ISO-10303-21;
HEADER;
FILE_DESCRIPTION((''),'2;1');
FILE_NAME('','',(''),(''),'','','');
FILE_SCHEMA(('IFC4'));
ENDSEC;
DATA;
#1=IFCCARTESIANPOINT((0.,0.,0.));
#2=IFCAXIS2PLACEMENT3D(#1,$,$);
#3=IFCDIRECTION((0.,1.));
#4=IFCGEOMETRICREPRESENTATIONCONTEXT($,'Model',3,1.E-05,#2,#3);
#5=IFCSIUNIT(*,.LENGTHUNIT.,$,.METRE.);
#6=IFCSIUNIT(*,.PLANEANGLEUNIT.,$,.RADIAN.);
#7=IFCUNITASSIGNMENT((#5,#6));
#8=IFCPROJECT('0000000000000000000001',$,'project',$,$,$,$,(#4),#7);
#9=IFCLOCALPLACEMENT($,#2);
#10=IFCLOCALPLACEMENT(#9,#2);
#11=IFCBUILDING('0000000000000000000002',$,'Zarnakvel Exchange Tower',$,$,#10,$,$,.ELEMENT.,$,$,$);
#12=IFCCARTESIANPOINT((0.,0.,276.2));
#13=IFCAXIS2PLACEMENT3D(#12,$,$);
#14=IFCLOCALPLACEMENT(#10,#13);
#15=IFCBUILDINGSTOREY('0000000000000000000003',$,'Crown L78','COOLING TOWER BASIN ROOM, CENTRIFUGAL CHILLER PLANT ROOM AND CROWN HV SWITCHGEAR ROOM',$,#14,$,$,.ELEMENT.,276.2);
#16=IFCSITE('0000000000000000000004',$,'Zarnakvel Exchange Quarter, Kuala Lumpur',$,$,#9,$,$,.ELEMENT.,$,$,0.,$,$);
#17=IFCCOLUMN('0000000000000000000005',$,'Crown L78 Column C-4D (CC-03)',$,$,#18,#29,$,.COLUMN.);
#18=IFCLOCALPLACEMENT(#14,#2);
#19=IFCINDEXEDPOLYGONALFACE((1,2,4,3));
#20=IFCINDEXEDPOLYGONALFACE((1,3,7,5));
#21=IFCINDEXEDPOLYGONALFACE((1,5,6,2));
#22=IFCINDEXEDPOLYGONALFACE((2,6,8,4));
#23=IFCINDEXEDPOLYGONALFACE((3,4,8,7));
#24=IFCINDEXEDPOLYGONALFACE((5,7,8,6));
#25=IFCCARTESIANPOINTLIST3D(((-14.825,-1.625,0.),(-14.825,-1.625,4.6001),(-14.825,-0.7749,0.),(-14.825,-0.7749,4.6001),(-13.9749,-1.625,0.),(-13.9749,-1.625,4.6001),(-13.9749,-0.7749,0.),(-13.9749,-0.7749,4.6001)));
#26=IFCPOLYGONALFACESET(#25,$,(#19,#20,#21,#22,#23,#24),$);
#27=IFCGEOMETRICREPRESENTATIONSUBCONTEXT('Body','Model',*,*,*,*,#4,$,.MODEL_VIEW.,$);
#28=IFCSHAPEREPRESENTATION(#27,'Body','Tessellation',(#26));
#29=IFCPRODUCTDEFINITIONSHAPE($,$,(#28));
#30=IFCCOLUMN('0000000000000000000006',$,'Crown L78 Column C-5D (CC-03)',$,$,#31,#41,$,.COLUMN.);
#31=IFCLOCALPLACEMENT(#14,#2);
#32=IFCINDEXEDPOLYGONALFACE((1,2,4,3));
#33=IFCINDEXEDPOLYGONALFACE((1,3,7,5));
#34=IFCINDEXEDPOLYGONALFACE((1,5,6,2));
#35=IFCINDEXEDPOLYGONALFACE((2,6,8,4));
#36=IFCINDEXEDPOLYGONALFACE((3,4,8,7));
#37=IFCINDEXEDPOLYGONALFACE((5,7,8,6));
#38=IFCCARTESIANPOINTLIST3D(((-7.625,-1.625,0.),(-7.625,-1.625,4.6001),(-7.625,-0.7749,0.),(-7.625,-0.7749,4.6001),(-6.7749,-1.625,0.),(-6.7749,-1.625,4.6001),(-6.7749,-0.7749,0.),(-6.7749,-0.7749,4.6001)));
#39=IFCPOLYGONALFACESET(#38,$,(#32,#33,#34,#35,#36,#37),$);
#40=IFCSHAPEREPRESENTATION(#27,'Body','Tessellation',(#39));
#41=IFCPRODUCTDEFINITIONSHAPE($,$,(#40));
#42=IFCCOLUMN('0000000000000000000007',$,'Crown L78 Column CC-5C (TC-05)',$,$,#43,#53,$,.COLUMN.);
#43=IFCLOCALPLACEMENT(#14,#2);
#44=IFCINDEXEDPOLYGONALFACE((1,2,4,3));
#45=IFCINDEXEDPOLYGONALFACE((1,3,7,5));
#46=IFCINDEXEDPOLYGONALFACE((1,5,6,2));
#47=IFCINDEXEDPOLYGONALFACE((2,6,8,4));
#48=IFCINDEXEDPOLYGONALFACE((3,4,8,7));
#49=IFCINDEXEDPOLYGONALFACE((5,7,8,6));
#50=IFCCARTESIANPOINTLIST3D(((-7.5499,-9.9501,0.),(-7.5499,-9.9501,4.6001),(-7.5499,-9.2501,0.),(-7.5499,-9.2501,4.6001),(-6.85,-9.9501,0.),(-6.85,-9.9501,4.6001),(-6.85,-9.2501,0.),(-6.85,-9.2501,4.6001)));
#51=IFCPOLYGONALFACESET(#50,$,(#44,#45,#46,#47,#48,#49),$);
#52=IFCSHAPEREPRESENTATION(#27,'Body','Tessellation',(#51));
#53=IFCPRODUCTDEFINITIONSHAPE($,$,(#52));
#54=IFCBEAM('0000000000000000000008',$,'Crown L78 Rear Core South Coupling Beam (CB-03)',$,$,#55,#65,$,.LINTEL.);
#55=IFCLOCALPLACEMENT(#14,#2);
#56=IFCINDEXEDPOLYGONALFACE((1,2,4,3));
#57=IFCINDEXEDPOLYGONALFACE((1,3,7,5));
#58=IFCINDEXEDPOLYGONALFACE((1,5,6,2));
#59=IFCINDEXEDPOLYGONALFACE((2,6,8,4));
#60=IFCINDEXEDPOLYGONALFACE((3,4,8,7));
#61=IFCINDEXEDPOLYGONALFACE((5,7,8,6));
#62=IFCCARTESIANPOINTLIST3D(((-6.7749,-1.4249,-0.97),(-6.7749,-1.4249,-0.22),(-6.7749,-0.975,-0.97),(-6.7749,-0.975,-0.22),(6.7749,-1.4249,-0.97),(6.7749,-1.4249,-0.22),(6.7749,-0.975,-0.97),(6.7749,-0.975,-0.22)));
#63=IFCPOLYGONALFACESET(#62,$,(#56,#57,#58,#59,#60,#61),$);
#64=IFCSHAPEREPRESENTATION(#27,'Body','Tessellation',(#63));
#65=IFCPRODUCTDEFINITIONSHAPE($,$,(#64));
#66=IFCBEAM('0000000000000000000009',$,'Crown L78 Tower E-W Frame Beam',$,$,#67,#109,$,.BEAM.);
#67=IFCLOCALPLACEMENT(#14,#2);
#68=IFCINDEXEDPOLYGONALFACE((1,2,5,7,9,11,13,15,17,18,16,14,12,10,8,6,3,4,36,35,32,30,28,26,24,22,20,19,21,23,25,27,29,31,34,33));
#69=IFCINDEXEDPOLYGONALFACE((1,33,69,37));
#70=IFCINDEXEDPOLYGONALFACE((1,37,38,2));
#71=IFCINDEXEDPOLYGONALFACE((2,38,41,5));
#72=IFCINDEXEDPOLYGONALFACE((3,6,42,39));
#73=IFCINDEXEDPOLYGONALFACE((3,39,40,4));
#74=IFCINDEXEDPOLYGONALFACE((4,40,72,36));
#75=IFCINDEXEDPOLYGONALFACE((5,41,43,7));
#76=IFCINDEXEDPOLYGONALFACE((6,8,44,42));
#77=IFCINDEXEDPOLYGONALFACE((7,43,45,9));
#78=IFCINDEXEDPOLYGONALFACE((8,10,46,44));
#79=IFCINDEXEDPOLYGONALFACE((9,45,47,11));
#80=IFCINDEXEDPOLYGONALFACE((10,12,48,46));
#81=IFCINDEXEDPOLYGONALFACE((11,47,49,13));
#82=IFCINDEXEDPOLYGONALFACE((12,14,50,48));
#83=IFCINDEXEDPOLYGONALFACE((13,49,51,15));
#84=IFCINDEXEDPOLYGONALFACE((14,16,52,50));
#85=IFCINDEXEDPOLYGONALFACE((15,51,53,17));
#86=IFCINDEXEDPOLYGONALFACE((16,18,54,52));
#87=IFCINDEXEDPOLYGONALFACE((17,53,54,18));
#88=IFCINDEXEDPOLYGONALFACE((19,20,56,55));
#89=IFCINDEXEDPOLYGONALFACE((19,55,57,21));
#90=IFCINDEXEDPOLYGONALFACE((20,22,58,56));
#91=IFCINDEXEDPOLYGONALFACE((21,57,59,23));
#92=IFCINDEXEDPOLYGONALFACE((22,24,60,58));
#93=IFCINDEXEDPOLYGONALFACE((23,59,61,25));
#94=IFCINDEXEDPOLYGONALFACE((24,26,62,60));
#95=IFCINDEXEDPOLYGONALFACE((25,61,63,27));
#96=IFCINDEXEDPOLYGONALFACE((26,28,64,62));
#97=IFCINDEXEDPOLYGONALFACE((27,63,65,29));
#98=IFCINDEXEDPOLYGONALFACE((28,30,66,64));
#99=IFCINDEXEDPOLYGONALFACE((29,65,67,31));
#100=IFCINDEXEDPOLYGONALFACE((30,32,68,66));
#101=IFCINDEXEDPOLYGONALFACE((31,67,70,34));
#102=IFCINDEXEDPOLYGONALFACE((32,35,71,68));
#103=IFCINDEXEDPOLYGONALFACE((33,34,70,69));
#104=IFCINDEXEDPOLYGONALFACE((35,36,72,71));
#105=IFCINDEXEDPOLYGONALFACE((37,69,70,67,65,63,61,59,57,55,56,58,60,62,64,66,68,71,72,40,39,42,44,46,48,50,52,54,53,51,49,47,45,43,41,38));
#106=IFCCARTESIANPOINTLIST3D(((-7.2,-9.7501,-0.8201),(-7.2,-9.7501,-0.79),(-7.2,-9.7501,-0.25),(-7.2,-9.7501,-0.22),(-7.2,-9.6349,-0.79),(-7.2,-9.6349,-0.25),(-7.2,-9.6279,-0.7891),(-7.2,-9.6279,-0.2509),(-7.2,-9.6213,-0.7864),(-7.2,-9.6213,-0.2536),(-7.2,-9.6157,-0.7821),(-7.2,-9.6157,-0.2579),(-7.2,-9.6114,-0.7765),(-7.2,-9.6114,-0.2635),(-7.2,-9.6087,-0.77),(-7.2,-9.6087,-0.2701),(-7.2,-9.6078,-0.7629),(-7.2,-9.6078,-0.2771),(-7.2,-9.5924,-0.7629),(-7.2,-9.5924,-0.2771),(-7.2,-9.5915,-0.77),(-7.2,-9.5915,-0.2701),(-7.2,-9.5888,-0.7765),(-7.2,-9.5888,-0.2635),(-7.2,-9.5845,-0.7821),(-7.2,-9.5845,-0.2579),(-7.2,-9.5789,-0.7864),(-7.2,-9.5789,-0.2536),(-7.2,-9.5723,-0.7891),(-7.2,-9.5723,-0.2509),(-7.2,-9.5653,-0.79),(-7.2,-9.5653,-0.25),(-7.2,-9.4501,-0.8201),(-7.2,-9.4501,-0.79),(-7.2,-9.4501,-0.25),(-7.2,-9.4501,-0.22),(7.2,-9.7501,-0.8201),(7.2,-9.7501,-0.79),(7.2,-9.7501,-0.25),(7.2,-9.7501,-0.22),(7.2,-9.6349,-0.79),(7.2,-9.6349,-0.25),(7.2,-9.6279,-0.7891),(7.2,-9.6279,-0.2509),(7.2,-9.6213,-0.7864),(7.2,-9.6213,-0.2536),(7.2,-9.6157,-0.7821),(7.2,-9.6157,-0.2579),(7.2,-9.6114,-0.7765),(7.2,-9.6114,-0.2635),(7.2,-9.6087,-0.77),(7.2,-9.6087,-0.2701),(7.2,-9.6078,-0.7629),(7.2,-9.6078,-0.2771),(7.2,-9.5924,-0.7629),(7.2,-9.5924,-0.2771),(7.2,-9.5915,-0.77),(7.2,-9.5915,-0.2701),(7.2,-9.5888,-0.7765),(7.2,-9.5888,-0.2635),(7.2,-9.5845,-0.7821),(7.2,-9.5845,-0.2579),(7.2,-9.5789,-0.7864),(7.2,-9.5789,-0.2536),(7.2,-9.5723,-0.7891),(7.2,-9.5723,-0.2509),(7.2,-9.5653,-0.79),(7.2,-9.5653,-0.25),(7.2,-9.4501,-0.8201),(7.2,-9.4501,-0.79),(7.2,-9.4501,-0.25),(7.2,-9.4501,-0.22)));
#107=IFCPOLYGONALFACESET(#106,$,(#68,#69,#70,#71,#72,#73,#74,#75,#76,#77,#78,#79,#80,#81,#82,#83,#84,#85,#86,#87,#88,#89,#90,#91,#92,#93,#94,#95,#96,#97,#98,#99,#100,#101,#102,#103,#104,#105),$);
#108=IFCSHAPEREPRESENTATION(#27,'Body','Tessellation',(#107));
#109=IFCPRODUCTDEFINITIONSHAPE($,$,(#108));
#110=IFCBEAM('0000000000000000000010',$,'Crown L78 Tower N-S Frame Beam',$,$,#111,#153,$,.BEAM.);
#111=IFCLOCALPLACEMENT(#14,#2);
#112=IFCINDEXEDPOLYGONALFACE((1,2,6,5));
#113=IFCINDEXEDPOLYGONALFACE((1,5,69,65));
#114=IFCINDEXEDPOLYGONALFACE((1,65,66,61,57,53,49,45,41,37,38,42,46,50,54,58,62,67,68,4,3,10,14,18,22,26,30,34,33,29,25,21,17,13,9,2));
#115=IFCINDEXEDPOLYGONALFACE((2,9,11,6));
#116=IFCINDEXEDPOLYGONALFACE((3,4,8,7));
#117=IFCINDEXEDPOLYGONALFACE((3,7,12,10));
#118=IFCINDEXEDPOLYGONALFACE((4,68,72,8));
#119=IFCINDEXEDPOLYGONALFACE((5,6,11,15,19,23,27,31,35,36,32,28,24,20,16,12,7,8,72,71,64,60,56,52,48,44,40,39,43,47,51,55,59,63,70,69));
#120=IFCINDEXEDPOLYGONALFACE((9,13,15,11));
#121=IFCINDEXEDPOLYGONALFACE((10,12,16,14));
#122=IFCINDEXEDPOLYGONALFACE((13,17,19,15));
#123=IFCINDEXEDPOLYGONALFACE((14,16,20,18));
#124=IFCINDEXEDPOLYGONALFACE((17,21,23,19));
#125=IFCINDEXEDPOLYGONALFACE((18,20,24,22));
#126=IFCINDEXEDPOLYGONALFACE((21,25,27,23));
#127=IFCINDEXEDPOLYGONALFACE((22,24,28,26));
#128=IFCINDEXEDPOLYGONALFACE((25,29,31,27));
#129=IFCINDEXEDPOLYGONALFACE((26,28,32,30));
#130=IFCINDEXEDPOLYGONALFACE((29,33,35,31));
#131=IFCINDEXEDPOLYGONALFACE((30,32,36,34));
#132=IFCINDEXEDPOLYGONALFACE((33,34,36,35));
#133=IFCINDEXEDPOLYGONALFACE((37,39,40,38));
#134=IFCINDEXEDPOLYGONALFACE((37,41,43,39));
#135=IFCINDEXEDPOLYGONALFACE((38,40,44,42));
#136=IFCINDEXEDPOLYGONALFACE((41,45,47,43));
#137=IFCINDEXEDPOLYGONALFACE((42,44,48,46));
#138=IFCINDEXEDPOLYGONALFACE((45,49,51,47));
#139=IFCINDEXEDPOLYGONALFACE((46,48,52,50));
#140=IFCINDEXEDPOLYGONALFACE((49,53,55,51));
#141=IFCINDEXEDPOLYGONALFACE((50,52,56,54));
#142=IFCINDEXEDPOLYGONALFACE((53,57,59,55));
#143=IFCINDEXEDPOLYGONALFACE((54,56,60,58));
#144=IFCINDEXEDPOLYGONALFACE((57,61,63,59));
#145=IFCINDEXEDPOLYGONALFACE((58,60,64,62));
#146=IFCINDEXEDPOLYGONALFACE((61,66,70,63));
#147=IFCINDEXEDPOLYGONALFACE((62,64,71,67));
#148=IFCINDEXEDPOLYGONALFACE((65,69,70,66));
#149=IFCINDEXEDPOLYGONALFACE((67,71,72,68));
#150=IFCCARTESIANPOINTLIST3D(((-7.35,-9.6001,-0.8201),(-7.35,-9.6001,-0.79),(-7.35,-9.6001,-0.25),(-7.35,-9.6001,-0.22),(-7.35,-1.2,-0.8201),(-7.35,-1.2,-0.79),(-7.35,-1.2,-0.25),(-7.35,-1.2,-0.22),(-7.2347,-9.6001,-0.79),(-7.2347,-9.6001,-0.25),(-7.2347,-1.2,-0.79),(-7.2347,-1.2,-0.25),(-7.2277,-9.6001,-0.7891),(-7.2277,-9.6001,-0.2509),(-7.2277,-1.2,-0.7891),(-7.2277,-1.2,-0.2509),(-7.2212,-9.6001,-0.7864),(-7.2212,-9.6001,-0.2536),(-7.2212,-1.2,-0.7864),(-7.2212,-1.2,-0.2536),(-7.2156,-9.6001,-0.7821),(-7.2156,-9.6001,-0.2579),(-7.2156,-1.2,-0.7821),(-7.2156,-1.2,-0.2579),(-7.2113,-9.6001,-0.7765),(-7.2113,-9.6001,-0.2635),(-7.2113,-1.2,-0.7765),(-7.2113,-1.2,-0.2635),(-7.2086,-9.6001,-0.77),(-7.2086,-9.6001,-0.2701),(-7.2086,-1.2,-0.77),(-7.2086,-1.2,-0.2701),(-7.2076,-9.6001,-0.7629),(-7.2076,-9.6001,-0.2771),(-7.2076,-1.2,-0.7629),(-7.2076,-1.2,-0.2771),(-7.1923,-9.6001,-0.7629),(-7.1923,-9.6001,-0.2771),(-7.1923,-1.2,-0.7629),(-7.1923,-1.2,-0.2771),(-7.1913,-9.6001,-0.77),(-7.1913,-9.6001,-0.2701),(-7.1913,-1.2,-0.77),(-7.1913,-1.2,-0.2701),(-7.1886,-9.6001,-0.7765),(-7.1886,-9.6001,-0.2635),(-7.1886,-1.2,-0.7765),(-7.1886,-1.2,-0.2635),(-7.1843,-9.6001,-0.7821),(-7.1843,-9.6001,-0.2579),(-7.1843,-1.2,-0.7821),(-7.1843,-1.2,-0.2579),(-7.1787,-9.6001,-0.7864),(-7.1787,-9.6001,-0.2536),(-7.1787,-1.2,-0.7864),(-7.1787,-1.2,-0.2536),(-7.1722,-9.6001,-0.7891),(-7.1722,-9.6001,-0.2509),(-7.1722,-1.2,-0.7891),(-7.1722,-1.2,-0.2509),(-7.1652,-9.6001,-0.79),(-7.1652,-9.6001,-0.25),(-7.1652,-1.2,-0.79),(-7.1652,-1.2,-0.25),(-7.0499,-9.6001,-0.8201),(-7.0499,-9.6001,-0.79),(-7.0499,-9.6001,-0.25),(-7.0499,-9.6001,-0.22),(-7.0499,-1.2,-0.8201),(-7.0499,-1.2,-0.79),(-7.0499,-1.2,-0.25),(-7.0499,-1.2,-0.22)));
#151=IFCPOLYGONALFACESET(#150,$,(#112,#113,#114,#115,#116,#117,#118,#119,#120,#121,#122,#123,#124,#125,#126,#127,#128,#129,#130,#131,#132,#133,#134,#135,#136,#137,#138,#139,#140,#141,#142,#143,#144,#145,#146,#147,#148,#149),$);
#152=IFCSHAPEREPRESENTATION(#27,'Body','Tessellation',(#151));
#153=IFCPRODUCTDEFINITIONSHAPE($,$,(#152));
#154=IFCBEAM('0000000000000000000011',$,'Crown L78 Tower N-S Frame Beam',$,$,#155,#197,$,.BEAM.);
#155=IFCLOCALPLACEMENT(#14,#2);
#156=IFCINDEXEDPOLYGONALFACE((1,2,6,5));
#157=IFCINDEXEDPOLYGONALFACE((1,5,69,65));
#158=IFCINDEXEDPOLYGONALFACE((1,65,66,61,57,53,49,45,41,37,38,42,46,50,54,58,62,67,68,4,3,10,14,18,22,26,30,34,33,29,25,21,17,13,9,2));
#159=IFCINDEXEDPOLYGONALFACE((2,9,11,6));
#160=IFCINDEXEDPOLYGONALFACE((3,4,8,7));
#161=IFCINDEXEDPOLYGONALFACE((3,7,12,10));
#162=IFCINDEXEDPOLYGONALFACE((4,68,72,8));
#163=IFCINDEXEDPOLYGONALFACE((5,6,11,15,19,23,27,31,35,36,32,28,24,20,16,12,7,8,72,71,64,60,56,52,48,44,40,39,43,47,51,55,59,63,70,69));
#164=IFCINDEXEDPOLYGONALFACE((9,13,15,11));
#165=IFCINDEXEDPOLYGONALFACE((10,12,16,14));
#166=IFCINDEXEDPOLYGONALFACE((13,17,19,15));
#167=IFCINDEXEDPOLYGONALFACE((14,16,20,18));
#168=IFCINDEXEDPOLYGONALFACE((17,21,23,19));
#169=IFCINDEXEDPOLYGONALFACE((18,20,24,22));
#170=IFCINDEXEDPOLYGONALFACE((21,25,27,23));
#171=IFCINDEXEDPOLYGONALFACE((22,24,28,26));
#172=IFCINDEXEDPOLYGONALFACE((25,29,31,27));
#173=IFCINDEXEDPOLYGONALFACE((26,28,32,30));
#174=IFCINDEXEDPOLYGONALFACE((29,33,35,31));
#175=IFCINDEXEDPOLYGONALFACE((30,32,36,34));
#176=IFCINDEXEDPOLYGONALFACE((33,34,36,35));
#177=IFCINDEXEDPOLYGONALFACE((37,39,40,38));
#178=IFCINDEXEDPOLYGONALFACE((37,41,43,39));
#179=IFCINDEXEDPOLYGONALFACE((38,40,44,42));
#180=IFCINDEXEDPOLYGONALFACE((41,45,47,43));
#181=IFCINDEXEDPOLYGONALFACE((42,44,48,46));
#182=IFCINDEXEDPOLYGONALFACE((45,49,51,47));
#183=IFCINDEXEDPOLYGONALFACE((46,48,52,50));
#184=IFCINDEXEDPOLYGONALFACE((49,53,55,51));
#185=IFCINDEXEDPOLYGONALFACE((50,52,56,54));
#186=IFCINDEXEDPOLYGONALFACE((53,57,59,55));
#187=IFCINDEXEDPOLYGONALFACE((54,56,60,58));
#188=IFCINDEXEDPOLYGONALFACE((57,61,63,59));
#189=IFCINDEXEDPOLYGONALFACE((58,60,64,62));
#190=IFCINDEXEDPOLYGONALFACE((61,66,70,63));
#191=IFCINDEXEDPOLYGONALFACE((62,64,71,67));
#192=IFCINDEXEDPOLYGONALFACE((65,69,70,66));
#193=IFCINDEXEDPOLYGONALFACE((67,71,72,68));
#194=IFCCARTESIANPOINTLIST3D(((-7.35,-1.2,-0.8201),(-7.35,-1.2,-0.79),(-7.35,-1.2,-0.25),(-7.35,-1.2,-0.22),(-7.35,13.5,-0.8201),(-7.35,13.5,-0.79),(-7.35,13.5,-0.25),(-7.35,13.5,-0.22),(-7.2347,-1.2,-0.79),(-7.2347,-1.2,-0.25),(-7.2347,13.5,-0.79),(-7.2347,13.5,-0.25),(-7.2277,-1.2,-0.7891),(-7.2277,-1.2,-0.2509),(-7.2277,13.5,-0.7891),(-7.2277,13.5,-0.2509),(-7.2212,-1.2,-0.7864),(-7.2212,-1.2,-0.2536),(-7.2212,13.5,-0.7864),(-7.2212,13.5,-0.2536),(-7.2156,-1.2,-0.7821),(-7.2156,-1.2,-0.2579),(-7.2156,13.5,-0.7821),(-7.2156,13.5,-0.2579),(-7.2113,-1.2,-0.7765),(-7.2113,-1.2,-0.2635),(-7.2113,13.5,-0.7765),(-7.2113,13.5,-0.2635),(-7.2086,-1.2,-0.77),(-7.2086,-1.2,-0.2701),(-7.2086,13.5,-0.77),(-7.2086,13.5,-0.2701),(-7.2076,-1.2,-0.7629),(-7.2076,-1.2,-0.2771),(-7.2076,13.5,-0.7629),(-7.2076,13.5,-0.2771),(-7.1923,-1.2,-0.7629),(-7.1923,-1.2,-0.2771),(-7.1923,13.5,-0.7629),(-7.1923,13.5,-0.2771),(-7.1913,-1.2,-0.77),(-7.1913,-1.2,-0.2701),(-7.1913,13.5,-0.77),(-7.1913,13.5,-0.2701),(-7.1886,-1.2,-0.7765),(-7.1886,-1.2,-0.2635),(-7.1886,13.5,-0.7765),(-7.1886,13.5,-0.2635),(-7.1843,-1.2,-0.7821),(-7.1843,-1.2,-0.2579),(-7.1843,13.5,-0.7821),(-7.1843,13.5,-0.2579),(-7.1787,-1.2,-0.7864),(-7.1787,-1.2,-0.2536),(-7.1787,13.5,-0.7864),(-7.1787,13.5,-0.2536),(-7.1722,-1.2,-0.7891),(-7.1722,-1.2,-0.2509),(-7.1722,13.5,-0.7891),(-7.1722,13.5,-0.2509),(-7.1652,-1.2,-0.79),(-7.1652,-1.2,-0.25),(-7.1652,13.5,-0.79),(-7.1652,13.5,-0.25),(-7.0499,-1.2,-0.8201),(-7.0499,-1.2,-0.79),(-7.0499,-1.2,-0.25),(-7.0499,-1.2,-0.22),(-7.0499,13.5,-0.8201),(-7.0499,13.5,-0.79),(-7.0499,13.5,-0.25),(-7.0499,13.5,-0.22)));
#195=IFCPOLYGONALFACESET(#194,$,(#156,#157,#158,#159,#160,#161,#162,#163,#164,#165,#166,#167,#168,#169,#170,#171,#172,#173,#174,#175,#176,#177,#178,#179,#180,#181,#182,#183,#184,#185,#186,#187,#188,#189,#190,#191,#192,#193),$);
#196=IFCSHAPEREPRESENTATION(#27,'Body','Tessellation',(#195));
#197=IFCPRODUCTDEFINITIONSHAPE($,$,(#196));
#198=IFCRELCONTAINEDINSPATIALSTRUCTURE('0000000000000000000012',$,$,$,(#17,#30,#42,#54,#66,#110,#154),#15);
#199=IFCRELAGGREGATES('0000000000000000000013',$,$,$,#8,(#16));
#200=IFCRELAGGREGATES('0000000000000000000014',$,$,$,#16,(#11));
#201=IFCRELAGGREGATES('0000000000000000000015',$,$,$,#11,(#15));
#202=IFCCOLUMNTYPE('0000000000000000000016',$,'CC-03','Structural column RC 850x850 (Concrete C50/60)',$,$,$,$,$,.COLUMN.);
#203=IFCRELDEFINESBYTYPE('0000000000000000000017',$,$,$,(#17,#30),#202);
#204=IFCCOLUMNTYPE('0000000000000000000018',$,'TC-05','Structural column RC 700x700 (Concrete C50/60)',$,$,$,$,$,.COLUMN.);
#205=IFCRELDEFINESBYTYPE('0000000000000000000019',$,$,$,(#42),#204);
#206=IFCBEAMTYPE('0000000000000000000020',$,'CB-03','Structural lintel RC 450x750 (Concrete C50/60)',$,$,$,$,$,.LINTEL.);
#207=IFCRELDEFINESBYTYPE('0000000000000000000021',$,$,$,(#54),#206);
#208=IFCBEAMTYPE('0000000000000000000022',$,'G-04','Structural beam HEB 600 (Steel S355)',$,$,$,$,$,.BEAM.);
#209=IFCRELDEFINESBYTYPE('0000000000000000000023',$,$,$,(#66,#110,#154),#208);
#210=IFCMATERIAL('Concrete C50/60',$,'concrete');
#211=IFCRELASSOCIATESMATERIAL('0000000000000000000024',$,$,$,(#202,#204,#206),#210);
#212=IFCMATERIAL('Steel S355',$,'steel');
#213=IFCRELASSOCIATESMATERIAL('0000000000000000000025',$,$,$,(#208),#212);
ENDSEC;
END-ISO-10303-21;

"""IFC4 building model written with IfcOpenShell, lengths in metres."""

from ifc_helpers import new_model, si_unit, direction, frame, origin, origin_2d, place, context, subcontext, project, spatial, rectangle, i_section, extrude, material, material_profile, profile_set, type_object, element, save


model = new_model("IFC4")

# Units and contexts
model_context = context("Model", 3, precision=1e-05, world=origin(), true_north=direction((0.0, 1.0)))
body_context = subcontext(model_context, "Body", "Model", "MODEL_VIEW")
ifc_project = project(units=[si_unit("LENGTHUNIT", "METRE"), si_unit("PLANEANGLEUNIT", "RADIAN")], contexts=[model_context])

# Site, building, storey
site_placement = place(None, origin())
site = spatial("IfcSite", under=ifc_project, at=site_placement, Name="Zarnakvel Exchange Quarter, Kuala Lumpur", CompositionType="ELEMENT", RefElevation=0.0)
building_placement = place(site_placement, origin())
building = spatial("IfcBuilding", under=site, at=building_placement, Name="Zarnakvel Exchange Tower", CompositionType="ELEMENT")
storey_placement = place(building_placement, frame((0.0, 0.0, 276.2)))
storey = spatial("IfcBuildingStorey", under=building, at=storey_placement, Name="Crown L78", Description="COOLING TOWER BASIN ROOM, CENTRIFUGAL CHILLER PLANT ROOM AND CROWN HV SWITCHGEAR ROOM", CompositionType="ELEMENT", Elevation=276.2)

# Columns
ifc_material_1 = material(Name="Concrete C50/60", Category="concrete")
ifc_material_profile_1 = material_profile(ifc_material_1, rectangle(XDim=0.8501, YDim=0.8501, at=origin_2d()))
ifc_profile_set_1 = profile_set([ifc_material_profile_1], Name="Concrete C50/60")
column_type_1 = type_object("IfcColumnType", Name="CC-03", Description="Structural column RC 850x850 (Concrete C50/60)", PredefinedType="COLUMN", material=ifc_profile_set_1)
for number, where, z_axis, x_axis, name in (
    (1, (-14.3999, -1.2, 0.0), (0.0, 0.0, 1.0), (1.0, 0.0, 0.0), "Crown L78 Column C-4D (CC-03)"),
    (2, (-7.2, -1.2, 0.0), (0.0, 0.0, 1.0), (1.0, 0.0, 0.0), "Crown L78 Column C-5D (CC-03)"),
):
    element("IfcColumn", number, at=place(storey_placement, frame(where, z_axis=z_axis, x_axis=x_axis)), inside=storey, type_object=column_type_1, Name=name, PredefinedType="COLUMN", context=body_context, shape_type="SweptSolid", body=[
        extrude(rectangle(XDim=0.8501, YDim=0.8501, at=origin_2d()), origin(), (0.0, 0.0, 1.0), 4.6001),
    ])
ifc_material_profile_2 = material_profile(ifc_material_1, rectangle(XDim=0.7, YDim=0.7, at=origin_2d()))
ifc_profile_set_2 = profile_set([ifc_material_profile_2], Name="Concrete C50/60")
column_type_2 = type_object("IfcColumnType", Name="TC-05", Description="Structural column RC 700x700 (Concrete C50/60)", PredefinedType="COLUMN", material=ifc_profile_set_2)
column_placement = place(storey_placement, frame((-7.2, -9.6001, 0.0), z_axis=(0.0, 0.0, 1.0), x_axis=(1.0, 0.0, 0.0)))
element("IfcColumn", 3, at=column_placement, inside=storey, type_object=column_type_2, Name="Crown L78 Column CC-5C (TC-05)", PredefinedType="COLUMN", context=body_context, shape_type="SweptSolid", body=[
    extrude(rectangle(XDim=0.7, YDim=0.7, at=origin_2d()), origin(), (0.0, 0.0, 1.0), 4.6001),
])

# Beams
ifc_material_profile_3 = material_profile(ifc_material_1, rectangle(XDim=0.45, YDim=0.75, at=origin_2d()))
ifc_profile_set_3 = profile_set([ifc_material_profile_3], Name="Concrete C50/60")
beam_type_1 = type_object("IfcBeamType", Name="CB-03", Description="Structural lintel RC 450x750 (Concrete C50/60)", PredefinedType="LINTEL", material=ifc_profile_set_3)
beam_1_placement = place(storey_placement, frame((-6.7749, -1.2, -0.595), z_axis=(1.0, 0.0, 0.0), x_axis=(0.0, 1.0, 0.0)))
element("IfcBeam", 4, at=beam_1_placement, inside=storey, type_object=beam_type_1, Name="Crown L78 Rear Core South Coupling Beam (CB-03)", PredefinedType="LINTEL", context=body_context, shape_type="SweptSolid", body=[
    extrude(rectangle(XDim=0.45, YDim=0.75, at=origin_2d()), origin(), (0.0, 0.0, 1.0), 13.5498),
])
ifc_material_2 = material(Name="Steel S355", Category="steel")
ifc_material_profile_4 = material_profile(ifc_material_2, i_section(OverallWidth=0.3, OverallDepth=0.6001, WebThickness=0.0154, FlangeThickness=0.03, FilletRadius=0.0271, at=origin_2d()))
ifc_profile_set_4 = profile_set([ifc_material_profile_4], Name="Steel S355")
beam_type_2 = type_object("IfcBeamType", Name="G-04", Description="Structural beam HEB 600 (Steel S355)", PredefinedType="BEAM", material=ifc_profile_set_4)
beam_2_placement = place(storey_placement, frame((-7.2, -9.6001, -0.52), z_axis=(1.0, 0.0, 0.0), x_axis=(0.0, 1.0, 0.0)))
element("IfcBeam", 5, at=beam_2_placement, inside=storey, type_object=beam_type_2, Name="Crown L78 Tower E-W Frame Beam", PredefinedType="BEAM", context=body_context, shape_type="SweptSolid", body=[
    extrude(i_section(OverallWidth=0.3, OverallDepth=0.6001, WebThickness=0.0154, FlangeThickness=0.03, FilletRadius=0.0271, at=origin_2d()), origin(), (0.0, 0.0, 1.0), 14.3999),
])
beam_3_placement = place(storey_placement, frame((-7.2, -9.6001, -0.52), z_axis=(0.0, 1.0, 0.0), x_axis=(-1.0, 0.0, 0.0)))
element("IfcBeam", 6, at=beam_3_placement, inside=storey, type_object=beam_type_2, Name="Crown L78 Tower N-S Frame Beam", PredefinedType="BEAM", context=body_context, shape_type="SweptSolid", body=[
    extrude(i_section(OverallWidth=0.3, OverallDepth=0.6001, WebThickness=0.0154, FlangeThickness=0.03, FilletRadius=0.0271, at=origin_2d()), origin(), (0.0, 0.0, 1.0), 8.4001),
])
beam_4_placement = place(storey_placement, frame((-7.2, -1.2, -0.52), z_axis=(0.0, 1.0, 0.0), x_axis=(-1.0, 0.0, 0.0)))
element("IfcBeam", 7, at=beam_4_placement, inside=storey, type_object=beam_type_2, Name="Crown L78 Tower N-S Frame Beam", PredefinedType="BEAM", context=body_context, shape_type="SweptSolid", body=[
    extrude(i_section(OverallWidth=0.3, OverallDepth=0.6001, WebThickness=0.0154, FlangeThickness=0.03, FilletRadius=0.0271, at=origin_2d()), origin(), (0.0, 0.0, 1.0), 14.7),
])

save(model, "model.ifc")
